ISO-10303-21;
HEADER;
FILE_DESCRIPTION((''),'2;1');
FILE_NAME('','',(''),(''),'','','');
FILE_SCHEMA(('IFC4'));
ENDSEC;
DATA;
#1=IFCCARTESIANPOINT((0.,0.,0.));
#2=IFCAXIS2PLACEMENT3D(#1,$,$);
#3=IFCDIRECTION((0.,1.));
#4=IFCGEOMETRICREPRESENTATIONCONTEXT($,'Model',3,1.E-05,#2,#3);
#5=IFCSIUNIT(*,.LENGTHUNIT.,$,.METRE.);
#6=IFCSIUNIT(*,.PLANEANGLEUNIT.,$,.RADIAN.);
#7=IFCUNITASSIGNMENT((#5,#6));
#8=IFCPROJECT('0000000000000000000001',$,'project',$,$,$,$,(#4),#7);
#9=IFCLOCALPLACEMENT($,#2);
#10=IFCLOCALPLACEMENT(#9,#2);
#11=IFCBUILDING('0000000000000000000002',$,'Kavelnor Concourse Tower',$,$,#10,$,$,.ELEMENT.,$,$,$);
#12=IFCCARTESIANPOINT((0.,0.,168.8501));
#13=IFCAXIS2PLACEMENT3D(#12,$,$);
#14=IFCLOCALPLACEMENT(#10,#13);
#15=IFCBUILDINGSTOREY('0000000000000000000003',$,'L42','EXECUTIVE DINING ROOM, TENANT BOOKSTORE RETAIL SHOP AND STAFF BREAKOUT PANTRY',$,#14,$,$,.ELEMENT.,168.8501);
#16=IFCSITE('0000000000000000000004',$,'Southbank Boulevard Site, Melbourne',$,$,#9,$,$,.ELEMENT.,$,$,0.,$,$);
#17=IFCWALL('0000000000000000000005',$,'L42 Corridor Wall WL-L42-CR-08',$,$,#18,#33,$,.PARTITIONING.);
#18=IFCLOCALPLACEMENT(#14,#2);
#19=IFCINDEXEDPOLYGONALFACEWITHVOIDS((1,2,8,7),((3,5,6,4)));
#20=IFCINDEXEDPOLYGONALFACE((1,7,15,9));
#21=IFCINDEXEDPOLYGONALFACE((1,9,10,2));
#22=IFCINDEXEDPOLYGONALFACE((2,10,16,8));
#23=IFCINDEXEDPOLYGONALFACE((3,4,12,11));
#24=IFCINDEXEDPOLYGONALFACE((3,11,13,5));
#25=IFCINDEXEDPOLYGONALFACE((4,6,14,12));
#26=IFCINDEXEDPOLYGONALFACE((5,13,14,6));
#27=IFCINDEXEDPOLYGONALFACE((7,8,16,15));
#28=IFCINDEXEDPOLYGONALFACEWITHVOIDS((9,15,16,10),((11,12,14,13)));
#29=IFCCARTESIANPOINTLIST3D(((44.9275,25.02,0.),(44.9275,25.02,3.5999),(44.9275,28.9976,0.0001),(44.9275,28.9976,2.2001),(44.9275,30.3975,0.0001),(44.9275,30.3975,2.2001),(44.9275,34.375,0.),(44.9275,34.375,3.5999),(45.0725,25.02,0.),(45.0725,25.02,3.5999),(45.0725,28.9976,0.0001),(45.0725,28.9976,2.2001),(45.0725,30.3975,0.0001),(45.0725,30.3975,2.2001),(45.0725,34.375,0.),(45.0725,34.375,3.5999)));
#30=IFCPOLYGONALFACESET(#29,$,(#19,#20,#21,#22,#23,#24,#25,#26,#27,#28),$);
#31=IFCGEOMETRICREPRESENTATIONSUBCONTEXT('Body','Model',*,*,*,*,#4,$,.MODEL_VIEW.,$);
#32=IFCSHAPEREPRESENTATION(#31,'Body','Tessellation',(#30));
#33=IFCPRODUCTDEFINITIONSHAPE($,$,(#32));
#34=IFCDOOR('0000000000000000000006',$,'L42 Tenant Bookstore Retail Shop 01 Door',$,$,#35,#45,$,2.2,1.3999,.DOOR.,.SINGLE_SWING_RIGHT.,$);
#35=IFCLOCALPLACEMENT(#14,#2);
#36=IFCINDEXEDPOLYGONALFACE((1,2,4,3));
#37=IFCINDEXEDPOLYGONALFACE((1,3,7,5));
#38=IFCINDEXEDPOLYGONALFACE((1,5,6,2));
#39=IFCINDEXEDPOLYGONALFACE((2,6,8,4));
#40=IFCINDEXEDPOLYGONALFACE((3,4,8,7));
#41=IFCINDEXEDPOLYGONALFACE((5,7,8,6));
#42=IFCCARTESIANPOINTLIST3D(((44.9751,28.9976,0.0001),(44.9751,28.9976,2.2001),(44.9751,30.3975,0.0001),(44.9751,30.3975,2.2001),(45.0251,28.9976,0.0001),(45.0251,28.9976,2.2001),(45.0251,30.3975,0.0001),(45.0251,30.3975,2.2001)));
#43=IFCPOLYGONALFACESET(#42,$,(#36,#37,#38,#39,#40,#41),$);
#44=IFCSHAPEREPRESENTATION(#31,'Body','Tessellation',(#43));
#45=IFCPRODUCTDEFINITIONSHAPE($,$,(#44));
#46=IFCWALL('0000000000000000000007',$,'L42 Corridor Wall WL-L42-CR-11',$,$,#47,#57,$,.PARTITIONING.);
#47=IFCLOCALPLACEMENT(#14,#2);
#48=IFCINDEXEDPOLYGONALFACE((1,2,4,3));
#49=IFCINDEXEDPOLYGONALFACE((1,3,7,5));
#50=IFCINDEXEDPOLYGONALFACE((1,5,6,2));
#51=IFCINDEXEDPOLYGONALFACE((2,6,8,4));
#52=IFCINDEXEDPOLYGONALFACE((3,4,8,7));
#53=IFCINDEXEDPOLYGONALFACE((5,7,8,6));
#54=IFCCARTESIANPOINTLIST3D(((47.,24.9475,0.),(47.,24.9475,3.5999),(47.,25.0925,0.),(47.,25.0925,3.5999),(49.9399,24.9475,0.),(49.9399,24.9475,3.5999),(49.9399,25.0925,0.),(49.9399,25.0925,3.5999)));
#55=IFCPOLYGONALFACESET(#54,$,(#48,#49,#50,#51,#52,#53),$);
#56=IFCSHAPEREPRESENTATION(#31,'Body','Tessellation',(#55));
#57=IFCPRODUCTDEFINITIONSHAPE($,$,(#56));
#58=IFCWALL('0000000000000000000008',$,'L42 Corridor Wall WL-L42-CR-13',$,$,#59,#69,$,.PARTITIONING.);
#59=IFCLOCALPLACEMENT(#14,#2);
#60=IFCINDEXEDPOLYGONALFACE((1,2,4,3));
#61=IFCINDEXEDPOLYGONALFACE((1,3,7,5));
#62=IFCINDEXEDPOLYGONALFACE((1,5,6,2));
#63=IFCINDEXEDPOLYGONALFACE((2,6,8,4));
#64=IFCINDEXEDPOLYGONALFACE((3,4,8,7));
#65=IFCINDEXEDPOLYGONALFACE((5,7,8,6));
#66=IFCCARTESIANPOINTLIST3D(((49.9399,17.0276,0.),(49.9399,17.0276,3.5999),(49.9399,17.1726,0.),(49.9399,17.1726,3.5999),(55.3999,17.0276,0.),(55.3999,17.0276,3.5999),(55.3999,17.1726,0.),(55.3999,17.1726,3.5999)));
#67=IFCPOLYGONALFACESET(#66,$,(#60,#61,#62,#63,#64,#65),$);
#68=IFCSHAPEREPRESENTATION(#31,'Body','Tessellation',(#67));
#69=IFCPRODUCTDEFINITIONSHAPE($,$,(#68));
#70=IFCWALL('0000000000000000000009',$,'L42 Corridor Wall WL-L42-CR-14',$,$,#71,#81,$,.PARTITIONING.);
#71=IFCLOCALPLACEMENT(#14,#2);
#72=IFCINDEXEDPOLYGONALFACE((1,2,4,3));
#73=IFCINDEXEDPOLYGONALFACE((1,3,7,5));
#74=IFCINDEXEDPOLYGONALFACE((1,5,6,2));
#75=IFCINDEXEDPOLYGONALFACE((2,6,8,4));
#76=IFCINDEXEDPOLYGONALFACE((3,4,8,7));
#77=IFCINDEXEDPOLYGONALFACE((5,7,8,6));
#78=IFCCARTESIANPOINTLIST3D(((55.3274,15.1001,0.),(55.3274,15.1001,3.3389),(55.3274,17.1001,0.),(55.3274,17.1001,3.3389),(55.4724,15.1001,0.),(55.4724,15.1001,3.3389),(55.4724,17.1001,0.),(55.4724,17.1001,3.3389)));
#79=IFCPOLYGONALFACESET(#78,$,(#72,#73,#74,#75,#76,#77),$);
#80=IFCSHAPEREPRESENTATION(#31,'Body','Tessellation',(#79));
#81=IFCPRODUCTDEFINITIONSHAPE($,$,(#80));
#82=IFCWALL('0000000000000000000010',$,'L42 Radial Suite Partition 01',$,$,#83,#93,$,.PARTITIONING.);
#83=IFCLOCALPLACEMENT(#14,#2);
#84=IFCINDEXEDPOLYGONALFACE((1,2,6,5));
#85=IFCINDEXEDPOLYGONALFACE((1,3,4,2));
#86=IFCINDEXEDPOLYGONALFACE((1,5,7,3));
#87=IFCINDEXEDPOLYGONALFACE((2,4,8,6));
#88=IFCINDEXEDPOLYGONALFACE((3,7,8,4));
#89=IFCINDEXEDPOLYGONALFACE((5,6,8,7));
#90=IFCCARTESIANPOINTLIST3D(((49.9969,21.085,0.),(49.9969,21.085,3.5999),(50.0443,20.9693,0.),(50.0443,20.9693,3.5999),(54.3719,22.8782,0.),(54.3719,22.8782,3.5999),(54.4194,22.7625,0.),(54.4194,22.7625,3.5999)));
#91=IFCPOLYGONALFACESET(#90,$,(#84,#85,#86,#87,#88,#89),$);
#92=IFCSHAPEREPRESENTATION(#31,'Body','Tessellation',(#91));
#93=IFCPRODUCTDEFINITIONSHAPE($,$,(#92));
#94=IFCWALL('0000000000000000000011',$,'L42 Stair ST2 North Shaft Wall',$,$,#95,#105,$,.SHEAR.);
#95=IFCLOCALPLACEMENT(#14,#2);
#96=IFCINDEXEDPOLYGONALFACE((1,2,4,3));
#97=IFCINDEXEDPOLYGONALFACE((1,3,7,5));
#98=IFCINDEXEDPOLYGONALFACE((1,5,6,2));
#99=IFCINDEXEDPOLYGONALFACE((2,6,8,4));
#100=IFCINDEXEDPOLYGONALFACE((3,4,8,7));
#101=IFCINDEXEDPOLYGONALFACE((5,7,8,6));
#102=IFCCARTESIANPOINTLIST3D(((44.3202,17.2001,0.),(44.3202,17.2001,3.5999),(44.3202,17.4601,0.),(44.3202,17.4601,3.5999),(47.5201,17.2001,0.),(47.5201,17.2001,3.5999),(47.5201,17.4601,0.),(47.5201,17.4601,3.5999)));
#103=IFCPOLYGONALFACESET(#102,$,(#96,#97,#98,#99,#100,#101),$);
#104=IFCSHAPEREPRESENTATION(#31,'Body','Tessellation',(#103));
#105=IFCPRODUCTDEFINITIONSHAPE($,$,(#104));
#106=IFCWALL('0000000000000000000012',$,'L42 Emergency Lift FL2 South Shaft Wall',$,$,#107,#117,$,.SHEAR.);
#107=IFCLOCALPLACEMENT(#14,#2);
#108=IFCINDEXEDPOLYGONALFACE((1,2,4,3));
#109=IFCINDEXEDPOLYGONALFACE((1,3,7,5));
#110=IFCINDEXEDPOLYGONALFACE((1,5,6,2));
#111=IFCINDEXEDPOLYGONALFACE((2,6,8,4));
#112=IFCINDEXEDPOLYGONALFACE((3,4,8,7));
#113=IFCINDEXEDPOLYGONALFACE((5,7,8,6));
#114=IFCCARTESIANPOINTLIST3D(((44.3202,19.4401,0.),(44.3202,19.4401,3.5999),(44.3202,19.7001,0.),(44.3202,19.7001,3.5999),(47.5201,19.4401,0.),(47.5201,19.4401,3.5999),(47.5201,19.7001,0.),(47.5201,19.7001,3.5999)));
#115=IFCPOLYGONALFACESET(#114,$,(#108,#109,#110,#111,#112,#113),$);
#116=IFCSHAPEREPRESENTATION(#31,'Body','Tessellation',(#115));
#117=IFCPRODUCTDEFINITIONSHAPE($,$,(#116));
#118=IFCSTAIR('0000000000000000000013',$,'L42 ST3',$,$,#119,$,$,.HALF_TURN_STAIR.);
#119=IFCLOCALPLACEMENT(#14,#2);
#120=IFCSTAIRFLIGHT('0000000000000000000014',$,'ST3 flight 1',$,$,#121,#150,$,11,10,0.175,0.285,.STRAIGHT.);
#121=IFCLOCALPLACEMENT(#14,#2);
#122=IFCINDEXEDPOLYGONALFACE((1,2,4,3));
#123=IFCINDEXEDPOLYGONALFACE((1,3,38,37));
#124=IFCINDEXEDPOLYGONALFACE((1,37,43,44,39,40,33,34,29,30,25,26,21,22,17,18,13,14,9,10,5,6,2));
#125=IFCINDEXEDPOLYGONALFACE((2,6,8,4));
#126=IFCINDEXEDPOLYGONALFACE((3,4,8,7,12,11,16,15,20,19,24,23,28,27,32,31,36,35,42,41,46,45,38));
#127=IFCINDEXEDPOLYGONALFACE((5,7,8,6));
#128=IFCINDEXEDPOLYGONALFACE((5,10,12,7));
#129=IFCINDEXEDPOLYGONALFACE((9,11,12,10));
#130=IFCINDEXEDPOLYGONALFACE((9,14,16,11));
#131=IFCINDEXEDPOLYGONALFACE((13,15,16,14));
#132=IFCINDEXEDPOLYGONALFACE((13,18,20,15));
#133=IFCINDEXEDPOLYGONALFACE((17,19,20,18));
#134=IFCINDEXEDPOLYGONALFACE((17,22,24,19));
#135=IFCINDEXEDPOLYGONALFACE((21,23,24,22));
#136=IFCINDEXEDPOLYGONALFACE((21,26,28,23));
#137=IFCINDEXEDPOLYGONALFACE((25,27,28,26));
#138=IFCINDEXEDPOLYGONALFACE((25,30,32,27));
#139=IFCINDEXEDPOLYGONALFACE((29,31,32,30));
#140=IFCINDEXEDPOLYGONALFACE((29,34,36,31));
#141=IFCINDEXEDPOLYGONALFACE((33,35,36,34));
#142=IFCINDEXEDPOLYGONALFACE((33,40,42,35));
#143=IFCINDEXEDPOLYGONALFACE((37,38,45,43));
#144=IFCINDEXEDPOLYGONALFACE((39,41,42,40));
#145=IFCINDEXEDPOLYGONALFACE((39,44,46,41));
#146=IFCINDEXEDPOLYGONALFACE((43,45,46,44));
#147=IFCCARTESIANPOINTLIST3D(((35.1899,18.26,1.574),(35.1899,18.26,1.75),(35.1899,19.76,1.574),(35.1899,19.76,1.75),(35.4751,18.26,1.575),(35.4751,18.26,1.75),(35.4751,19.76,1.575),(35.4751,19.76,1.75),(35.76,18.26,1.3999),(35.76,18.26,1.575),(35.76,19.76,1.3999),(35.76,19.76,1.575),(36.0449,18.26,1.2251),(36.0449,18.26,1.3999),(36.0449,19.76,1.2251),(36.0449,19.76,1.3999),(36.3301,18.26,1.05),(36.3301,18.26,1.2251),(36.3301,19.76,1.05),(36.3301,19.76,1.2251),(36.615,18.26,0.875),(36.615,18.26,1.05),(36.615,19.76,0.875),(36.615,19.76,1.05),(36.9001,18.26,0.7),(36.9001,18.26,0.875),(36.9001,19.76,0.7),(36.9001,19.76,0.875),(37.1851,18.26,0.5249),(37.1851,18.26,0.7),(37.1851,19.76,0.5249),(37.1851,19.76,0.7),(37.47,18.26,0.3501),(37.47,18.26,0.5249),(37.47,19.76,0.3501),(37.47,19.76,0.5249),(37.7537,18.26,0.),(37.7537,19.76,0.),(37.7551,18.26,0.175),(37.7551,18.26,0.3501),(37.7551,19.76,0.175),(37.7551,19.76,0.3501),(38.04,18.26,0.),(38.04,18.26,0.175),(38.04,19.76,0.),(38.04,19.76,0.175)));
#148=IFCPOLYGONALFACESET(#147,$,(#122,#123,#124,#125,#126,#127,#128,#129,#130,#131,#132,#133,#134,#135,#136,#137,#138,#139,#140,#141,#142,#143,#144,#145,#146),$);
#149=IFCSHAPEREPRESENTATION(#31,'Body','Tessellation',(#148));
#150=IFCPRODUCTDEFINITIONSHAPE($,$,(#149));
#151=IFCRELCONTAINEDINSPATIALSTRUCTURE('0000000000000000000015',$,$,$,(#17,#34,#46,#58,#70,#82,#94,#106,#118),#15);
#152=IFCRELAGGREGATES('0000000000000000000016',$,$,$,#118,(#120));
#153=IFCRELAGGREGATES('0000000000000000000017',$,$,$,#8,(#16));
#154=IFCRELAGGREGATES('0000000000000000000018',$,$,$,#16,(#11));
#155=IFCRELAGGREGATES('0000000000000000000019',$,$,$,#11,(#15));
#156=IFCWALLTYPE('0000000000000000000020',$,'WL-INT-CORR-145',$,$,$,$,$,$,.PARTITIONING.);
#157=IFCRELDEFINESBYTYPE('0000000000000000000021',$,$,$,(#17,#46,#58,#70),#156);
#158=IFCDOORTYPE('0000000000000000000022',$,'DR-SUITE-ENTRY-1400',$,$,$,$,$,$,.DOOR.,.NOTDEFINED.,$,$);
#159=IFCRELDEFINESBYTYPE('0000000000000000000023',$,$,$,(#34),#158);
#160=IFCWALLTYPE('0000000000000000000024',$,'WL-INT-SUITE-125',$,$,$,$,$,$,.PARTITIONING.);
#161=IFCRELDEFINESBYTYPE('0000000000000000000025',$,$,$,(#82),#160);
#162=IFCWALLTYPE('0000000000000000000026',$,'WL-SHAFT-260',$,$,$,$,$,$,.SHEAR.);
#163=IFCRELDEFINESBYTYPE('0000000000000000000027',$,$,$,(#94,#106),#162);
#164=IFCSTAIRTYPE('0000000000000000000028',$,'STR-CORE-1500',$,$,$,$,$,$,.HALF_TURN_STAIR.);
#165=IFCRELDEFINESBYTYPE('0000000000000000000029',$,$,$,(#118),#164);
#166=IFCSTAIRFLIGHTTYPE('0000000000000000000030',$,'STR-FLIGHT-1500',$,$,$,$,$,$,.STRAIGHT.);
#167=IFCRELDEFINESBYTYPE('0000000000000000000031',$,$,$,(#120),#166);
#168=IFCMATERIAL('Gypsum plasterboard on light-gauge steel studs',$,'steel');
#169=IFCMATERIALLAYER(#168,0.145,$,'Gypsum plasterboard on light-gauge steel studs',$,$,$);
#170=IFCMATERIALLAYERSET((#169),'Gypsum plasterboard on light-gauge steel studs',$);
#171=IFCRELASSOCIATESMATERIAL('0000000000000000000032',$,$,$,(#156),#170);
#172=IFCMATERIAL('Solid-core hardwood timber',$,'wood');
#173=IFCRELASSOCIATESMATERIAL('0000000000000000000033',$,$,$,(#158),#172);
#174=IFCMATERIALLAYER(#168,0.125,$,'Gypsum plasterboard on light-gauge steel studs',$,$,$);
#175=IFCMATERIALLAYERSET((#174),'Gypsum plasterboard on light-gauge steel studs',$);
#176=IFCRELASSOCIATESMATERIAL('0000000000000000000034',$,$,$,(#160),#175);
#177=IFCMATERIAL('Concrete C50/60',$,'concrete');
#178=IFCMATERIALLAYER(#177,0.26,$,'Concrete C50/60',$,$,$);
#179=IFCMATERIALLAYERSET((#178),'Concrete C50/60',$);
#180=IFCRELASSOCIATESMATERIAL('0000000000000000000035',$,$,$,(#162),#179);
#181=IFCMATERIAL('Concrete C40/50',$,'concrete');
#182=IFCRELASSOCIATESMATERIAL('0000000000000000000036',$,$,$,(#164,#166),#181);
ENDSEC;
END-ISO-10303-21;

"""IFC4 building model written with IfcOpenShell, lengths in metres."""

from ifc_helpers import new_model, si_unit, direction, frame, frame_2d, origin, place, context, subcontext, project, spatial, polyline, rectangle, outline, extrude, material, layer, layer_set, type_object, element, fill, aggregate, save


model = new_model("IFC4")

# Units and contexts
model_context = context("Model", 3, precision=1e-05, world=origin(), true_north=direction((0.0, 1.0)))
body_context = subcontext(model_context, "Body", "Model", "MODEL_VIEW")
ifc_project = project(units=[si_unit("LENGTHUNIT", "METRE"), si_unit("PLANEANGLEUNIT", "RADIAN")], contexts=[model_context])

# Site, building, storey
site_placement = place(None, origin())
site = spatial("IfcSite", under=ifc_project, at=site_placement, Name="Southbank Boulevard Site, Melbourne", CompositionType="ELEMENT", RefElevation=0.0)
building_placement = place(site_placement, origin())
building = spatial("IfcBuilding", under=site, at=building_placement, Name="Kavelnor Concourse Tower", CompositionType="ELEMENT")
storey_placement = place(building_placement, frame((0.0, 0.0, 168.8501)))
storey = spatial("IfcBuildingStorey", under=building, at=storey_placement, Name="L42", Description="EXECUTIVE DINING ROOM, TENANT BOOKSTORE RETAIL SHOP AND STAFF BREAKOUT PANTRY", CompositionType="ELEMENT", Elevation=168.8501)

# Wall, opening, door
ifc_material_1 = material(Name="Gypsum plasterboard on light-gauge steel studs", Category="steel")
ifc_layer_1 = layer(ifc_material_1, 0.145, Name="Gypsum plasterboard on light-gauge steel studs")
ifc_layer_set_1 = layer_set([ifc_layer_1], Name="Gypsum plasterboard on light-gauge steel studs")
wall_type_1 = type_object("IfcWallType", Name="WL-INT-CORR-145", PredefinedType="PARTITIONING", material=ifc_layer_set_1)
wall_1_placement = place(storey_placement, frame((45.0, 25.02, 0.0), z_axis=(0.0, 0.0, 1.0), x_axis=(0.0, 1.0, 0.0)))
wall_1 = element("IfcWall", 1, at=wall_1_placement, inside=storey, type_object=wall_type_1, Name="L42 Corridor Wall WL-L42-CR-08", PredefinedType="PARTITIONING", context=body_context, shape_type="SweptSolid", body=[
    extrude(rectangle(XDim=9.355, YDim=0.145, at=frame_2d((4.6775, 0.0))), origin(), (0.0, 0.0, 1.0), 3.5999),
])
opening_placement = place(wall_1_placement, frame((3.9775, 0.0, 0.0)))
opening = element("IfcOpeningElement", 2, at=opening_placement, cuts=wall_1, PredefinedType="OPENING", context=body_context, shape_type="SweptSolid", body=[
    extrude(rectangle(XDim=1.3999, YDim=2.2, at=frame_2d((0.7, 1.1001))), frame((0.0, 0.0825, 0.0), z_axis=(0.0, -1.0, 0.0), x_axis=(1.0, 0.0, 0.0)), (0.0, 0.0, 1.0), 0.165),
])
ifc_material_2 = material(Name="Solid-core hardwood timber", Category="wood")
door_type = type_object("IfcDoorType", Name="DR-SUITE-ENTRY-1400", OperationType="NOTDEFINED", PredefinedType="DOOR", material=ifc_material_2)
door_placement = place(opening_placement, origin())
door = element("IfcDoor", 3, at=door_placement, inside=storey, type_object=door_type, Name="L42 Tenant Bookstore Retail Shop 01 Door", OperationType="SINGLE_SWING_RIGHT", OverallHeight=2.2, OverallWidth=1.3999, PredefinedType="DOOR", context=body_context, shape_type="SweptSolid", body=[
    extrude(rectangle(XDim=1.3999, YDim=2.2, at=frame_2d((0.7, 1.1001))), frame((0.0, 0.0249, 0.0), z_axis=(0.0, -1.0, 0.0), x_axis=(1.0, 0.0, 0.0)), (0.0, 0.0, 1.0), 0.05),
])
fill(opening, door)

# Walls
wall_2_placement = place(storey_placement, frame((47.0, 25.02, 0.0), z_axis=(0.0, 0.0, 1.0), x_axis=(1.0, 0.0, 0.0)))
element("IfcWall", 4, at=wall_2_placement, inside=storey, type_object=wall_type_1, Name="L42 Corridor Wall WL-L42-CR-11", PredefinedType="PARTITIONING", context=body_context, shape_type="SweptSolid", body=[
    extrude(rectangle(XDim=2.9399, YDim=0.145, at=frame_2d((1.47, 0.0))), origin(), (0.0, 0.0, 1.0), 3.5999),
])
wall_3_placement = place(storey_placement, frame((49.9399, 17.1001, 0.0), z_axis=(0.0, 0.0, 1.0), x_axis=(1.0, 0.0, 0.0)))
element("IfcWall", 5, at=wall_3_placement, inside=storey, type_object=wall_type_1, Name="L42 Corridor Wall WL-L42-CR-13", PredefinedType="PARTITIONING", context=body_context, shape_type="SweptSolid", body=[
    extrude(rectangle(XDim=5.46, YDim=0.145, at=frame_2d((2.73, 0.0))), origin(), (0.0, 0.0, 1.0), 3.5999),
])
wall_4_placement = place(storey_placement, frame((55.3999, 17.1001, 0.0), z_axis=(0.0, 0.0, 1.0), x_axis=(0.0, -1.0, 0.0)))
element("IfcWall", 6, at=wall_4_placement, inside=storey, type_object=wall_type_1, Name="L42 Corridor Wall WL-L42-CR-14", PredefinedType="PARTITIONING", context=body_context, shape_type="SweptSolid", body=[
    extrude(rectangle(XDim=2.0, YDim=0.145, at=frame_2d((1.0, 0.0))), origin(), (0.0, 0.0, 1.0), 3.3389),
])
ifc_layer_2 = layer(ifc_material_1, 0.125, Name="Gypsum plasterboard on light-gauge steel studs")
ifc_layer_set_2 = layer_set([ifc_layer_2], Name="Gypsum plasterboard on light-gauge steel studs")
wall_type_2 = type_object("IfcWallType", Name="WL-INT-SUITE-125", PredefinedType="PARTITIONING", material=ifc_layer_set_2)
wall_5_placement = place(storey_placement, frame((50.0205, 21.0271, 0.0), z_axis=(0.0, 0.0, 1.0), x_axis=(0.925292, 0.379256, 0.0)))
element("IfcWall", 7, at=wall_5_placement, inside=storey, type_object=wall_type_2, Name="L42 Radial Suite Partition 01", PredefinedType="PARTITIONING", context=body_context, shape_type="SweptSolid", body=[
    extrude(rectangle(XDim=4.7283, YDim=0.125, at=frame_2d((2.3643, 0.0))), origin(), (0.0, 0.0, 1.0), 3.5999),
])
ifc_material_3 = material(Name="Concrete C50/60", Category="concrete")
ifc_layer_3 = layer(ifc_material_3, 0.26, Name="Concrete C50/60")
ifc_layer_set_3 = layer_set([ifc_layer_3], Name="Concrete C50/60")
wall_type_3 = type_object("IfcWallType", Name="WL-SHAFT-260", PredefinedType="SHEAR", material=ifc_layer_set_3)
for number, where, z_axis, x_axis, name in (
    (8, (44.3201, 17.3301, 0.0), (0.0, 0.0, 1.0), (1.0, 0.0, 0.0), "L42 Stair ST2 North Shaft Wall"),
    (9, (44.3201, 19.5701, 0.0), (0.0, 0.0, 1.0), (1.0, 0.0, 0.0), "L42 Emergency Lift FL2 South Shaft Wall"),
):
    element("IfcWall", number, at=place(storey_placement, frame(where, z_axis=z_axis, x_axis=x_axis)), inside=storey, type_object=wall_type_3, Name=name, PredefinedType="SHEAR", context=body_context, shape_type="SweptSolid", body=[
        extrude(rectangle(XDim=3.2, YDim=0.26, at=frame_2d((1.6001, 0.0))), origin(), (0.0, 0.0, 1.0), 3.5999),
    ])

# Stair, stair flight
ifc_material_4 = material(Name="Concrete C40/50", Category="concrete")
stair_type = type_object("IfcStairType", Name="STR-CORE-1500", PredefinedType="HALF_TURN_STAIR", material=ifc_material_4)
stair_placement = place(storey_placement, origin())
stair = element("IfcStair", 10, at=stair_placement, inside=storey, type_object=stair_type, Name="L42 ST3", PredefinedType="HALF_TURN_STAIR")
stair_flight_type = type_object("IfcStairFlightType", Name="STR-FLIGHT-1500", PredefinedType="STRAIGHT", material=ifc_material_4)
stair_flight_placement = place(storey_placement, frame((38.04, 19.01, 0.0), z_axis=(0.0, 0.0, 1.0), x_axis=(-1.0, 0.0, 0.0)))
stair_flight = element("IfcStairFlight", 11, at=stair_flight_placement, type_object=stair_flight_type, Name="ST3 flight 1", NumberOfRisers=11, NumberOfTreads=10, PredefinedType="STRAIGHT", RiserHeight=0.175, TreadLength=0.285, context=body_context, shape_type="SweptSolid", body=[
    extrude(outline(polyline([(0.0, 0.0), (0.0, 0.175), (0.2849, 0.175), (0.2849, 0.3501), (0.5701, 0.3501), (0.5701, 0.5249), (0.855, 0.5249), (0.855, 0.7), (1.1399, 0.7), (1.1399, 0.875), (1.425, 0.875), (1.425, 1.05), (1.71, 1.05), (1.71, 1.2251), (1.9951, 1.2251), (1.9951, 1.3999), (2.28, 1.3999), (2.28, 1.575), (2.5649, 1.575), (2.5649, 1.75), (2.8501, 1.75), (2.8501, 1.925), (2.8501, 1.574), (0.2864, 0.0), (0.0, 0.0)])), frame((0.0, 0.75, 0.0), z_axis=(0.0, -1.0, 0.0), x_axis=(1.0, 0.0, 0.0)), (0.0, 0.0, 1.0), 1.5),
])
aggregate(stair, [stair_flight])

save(model, "model.ifc")
